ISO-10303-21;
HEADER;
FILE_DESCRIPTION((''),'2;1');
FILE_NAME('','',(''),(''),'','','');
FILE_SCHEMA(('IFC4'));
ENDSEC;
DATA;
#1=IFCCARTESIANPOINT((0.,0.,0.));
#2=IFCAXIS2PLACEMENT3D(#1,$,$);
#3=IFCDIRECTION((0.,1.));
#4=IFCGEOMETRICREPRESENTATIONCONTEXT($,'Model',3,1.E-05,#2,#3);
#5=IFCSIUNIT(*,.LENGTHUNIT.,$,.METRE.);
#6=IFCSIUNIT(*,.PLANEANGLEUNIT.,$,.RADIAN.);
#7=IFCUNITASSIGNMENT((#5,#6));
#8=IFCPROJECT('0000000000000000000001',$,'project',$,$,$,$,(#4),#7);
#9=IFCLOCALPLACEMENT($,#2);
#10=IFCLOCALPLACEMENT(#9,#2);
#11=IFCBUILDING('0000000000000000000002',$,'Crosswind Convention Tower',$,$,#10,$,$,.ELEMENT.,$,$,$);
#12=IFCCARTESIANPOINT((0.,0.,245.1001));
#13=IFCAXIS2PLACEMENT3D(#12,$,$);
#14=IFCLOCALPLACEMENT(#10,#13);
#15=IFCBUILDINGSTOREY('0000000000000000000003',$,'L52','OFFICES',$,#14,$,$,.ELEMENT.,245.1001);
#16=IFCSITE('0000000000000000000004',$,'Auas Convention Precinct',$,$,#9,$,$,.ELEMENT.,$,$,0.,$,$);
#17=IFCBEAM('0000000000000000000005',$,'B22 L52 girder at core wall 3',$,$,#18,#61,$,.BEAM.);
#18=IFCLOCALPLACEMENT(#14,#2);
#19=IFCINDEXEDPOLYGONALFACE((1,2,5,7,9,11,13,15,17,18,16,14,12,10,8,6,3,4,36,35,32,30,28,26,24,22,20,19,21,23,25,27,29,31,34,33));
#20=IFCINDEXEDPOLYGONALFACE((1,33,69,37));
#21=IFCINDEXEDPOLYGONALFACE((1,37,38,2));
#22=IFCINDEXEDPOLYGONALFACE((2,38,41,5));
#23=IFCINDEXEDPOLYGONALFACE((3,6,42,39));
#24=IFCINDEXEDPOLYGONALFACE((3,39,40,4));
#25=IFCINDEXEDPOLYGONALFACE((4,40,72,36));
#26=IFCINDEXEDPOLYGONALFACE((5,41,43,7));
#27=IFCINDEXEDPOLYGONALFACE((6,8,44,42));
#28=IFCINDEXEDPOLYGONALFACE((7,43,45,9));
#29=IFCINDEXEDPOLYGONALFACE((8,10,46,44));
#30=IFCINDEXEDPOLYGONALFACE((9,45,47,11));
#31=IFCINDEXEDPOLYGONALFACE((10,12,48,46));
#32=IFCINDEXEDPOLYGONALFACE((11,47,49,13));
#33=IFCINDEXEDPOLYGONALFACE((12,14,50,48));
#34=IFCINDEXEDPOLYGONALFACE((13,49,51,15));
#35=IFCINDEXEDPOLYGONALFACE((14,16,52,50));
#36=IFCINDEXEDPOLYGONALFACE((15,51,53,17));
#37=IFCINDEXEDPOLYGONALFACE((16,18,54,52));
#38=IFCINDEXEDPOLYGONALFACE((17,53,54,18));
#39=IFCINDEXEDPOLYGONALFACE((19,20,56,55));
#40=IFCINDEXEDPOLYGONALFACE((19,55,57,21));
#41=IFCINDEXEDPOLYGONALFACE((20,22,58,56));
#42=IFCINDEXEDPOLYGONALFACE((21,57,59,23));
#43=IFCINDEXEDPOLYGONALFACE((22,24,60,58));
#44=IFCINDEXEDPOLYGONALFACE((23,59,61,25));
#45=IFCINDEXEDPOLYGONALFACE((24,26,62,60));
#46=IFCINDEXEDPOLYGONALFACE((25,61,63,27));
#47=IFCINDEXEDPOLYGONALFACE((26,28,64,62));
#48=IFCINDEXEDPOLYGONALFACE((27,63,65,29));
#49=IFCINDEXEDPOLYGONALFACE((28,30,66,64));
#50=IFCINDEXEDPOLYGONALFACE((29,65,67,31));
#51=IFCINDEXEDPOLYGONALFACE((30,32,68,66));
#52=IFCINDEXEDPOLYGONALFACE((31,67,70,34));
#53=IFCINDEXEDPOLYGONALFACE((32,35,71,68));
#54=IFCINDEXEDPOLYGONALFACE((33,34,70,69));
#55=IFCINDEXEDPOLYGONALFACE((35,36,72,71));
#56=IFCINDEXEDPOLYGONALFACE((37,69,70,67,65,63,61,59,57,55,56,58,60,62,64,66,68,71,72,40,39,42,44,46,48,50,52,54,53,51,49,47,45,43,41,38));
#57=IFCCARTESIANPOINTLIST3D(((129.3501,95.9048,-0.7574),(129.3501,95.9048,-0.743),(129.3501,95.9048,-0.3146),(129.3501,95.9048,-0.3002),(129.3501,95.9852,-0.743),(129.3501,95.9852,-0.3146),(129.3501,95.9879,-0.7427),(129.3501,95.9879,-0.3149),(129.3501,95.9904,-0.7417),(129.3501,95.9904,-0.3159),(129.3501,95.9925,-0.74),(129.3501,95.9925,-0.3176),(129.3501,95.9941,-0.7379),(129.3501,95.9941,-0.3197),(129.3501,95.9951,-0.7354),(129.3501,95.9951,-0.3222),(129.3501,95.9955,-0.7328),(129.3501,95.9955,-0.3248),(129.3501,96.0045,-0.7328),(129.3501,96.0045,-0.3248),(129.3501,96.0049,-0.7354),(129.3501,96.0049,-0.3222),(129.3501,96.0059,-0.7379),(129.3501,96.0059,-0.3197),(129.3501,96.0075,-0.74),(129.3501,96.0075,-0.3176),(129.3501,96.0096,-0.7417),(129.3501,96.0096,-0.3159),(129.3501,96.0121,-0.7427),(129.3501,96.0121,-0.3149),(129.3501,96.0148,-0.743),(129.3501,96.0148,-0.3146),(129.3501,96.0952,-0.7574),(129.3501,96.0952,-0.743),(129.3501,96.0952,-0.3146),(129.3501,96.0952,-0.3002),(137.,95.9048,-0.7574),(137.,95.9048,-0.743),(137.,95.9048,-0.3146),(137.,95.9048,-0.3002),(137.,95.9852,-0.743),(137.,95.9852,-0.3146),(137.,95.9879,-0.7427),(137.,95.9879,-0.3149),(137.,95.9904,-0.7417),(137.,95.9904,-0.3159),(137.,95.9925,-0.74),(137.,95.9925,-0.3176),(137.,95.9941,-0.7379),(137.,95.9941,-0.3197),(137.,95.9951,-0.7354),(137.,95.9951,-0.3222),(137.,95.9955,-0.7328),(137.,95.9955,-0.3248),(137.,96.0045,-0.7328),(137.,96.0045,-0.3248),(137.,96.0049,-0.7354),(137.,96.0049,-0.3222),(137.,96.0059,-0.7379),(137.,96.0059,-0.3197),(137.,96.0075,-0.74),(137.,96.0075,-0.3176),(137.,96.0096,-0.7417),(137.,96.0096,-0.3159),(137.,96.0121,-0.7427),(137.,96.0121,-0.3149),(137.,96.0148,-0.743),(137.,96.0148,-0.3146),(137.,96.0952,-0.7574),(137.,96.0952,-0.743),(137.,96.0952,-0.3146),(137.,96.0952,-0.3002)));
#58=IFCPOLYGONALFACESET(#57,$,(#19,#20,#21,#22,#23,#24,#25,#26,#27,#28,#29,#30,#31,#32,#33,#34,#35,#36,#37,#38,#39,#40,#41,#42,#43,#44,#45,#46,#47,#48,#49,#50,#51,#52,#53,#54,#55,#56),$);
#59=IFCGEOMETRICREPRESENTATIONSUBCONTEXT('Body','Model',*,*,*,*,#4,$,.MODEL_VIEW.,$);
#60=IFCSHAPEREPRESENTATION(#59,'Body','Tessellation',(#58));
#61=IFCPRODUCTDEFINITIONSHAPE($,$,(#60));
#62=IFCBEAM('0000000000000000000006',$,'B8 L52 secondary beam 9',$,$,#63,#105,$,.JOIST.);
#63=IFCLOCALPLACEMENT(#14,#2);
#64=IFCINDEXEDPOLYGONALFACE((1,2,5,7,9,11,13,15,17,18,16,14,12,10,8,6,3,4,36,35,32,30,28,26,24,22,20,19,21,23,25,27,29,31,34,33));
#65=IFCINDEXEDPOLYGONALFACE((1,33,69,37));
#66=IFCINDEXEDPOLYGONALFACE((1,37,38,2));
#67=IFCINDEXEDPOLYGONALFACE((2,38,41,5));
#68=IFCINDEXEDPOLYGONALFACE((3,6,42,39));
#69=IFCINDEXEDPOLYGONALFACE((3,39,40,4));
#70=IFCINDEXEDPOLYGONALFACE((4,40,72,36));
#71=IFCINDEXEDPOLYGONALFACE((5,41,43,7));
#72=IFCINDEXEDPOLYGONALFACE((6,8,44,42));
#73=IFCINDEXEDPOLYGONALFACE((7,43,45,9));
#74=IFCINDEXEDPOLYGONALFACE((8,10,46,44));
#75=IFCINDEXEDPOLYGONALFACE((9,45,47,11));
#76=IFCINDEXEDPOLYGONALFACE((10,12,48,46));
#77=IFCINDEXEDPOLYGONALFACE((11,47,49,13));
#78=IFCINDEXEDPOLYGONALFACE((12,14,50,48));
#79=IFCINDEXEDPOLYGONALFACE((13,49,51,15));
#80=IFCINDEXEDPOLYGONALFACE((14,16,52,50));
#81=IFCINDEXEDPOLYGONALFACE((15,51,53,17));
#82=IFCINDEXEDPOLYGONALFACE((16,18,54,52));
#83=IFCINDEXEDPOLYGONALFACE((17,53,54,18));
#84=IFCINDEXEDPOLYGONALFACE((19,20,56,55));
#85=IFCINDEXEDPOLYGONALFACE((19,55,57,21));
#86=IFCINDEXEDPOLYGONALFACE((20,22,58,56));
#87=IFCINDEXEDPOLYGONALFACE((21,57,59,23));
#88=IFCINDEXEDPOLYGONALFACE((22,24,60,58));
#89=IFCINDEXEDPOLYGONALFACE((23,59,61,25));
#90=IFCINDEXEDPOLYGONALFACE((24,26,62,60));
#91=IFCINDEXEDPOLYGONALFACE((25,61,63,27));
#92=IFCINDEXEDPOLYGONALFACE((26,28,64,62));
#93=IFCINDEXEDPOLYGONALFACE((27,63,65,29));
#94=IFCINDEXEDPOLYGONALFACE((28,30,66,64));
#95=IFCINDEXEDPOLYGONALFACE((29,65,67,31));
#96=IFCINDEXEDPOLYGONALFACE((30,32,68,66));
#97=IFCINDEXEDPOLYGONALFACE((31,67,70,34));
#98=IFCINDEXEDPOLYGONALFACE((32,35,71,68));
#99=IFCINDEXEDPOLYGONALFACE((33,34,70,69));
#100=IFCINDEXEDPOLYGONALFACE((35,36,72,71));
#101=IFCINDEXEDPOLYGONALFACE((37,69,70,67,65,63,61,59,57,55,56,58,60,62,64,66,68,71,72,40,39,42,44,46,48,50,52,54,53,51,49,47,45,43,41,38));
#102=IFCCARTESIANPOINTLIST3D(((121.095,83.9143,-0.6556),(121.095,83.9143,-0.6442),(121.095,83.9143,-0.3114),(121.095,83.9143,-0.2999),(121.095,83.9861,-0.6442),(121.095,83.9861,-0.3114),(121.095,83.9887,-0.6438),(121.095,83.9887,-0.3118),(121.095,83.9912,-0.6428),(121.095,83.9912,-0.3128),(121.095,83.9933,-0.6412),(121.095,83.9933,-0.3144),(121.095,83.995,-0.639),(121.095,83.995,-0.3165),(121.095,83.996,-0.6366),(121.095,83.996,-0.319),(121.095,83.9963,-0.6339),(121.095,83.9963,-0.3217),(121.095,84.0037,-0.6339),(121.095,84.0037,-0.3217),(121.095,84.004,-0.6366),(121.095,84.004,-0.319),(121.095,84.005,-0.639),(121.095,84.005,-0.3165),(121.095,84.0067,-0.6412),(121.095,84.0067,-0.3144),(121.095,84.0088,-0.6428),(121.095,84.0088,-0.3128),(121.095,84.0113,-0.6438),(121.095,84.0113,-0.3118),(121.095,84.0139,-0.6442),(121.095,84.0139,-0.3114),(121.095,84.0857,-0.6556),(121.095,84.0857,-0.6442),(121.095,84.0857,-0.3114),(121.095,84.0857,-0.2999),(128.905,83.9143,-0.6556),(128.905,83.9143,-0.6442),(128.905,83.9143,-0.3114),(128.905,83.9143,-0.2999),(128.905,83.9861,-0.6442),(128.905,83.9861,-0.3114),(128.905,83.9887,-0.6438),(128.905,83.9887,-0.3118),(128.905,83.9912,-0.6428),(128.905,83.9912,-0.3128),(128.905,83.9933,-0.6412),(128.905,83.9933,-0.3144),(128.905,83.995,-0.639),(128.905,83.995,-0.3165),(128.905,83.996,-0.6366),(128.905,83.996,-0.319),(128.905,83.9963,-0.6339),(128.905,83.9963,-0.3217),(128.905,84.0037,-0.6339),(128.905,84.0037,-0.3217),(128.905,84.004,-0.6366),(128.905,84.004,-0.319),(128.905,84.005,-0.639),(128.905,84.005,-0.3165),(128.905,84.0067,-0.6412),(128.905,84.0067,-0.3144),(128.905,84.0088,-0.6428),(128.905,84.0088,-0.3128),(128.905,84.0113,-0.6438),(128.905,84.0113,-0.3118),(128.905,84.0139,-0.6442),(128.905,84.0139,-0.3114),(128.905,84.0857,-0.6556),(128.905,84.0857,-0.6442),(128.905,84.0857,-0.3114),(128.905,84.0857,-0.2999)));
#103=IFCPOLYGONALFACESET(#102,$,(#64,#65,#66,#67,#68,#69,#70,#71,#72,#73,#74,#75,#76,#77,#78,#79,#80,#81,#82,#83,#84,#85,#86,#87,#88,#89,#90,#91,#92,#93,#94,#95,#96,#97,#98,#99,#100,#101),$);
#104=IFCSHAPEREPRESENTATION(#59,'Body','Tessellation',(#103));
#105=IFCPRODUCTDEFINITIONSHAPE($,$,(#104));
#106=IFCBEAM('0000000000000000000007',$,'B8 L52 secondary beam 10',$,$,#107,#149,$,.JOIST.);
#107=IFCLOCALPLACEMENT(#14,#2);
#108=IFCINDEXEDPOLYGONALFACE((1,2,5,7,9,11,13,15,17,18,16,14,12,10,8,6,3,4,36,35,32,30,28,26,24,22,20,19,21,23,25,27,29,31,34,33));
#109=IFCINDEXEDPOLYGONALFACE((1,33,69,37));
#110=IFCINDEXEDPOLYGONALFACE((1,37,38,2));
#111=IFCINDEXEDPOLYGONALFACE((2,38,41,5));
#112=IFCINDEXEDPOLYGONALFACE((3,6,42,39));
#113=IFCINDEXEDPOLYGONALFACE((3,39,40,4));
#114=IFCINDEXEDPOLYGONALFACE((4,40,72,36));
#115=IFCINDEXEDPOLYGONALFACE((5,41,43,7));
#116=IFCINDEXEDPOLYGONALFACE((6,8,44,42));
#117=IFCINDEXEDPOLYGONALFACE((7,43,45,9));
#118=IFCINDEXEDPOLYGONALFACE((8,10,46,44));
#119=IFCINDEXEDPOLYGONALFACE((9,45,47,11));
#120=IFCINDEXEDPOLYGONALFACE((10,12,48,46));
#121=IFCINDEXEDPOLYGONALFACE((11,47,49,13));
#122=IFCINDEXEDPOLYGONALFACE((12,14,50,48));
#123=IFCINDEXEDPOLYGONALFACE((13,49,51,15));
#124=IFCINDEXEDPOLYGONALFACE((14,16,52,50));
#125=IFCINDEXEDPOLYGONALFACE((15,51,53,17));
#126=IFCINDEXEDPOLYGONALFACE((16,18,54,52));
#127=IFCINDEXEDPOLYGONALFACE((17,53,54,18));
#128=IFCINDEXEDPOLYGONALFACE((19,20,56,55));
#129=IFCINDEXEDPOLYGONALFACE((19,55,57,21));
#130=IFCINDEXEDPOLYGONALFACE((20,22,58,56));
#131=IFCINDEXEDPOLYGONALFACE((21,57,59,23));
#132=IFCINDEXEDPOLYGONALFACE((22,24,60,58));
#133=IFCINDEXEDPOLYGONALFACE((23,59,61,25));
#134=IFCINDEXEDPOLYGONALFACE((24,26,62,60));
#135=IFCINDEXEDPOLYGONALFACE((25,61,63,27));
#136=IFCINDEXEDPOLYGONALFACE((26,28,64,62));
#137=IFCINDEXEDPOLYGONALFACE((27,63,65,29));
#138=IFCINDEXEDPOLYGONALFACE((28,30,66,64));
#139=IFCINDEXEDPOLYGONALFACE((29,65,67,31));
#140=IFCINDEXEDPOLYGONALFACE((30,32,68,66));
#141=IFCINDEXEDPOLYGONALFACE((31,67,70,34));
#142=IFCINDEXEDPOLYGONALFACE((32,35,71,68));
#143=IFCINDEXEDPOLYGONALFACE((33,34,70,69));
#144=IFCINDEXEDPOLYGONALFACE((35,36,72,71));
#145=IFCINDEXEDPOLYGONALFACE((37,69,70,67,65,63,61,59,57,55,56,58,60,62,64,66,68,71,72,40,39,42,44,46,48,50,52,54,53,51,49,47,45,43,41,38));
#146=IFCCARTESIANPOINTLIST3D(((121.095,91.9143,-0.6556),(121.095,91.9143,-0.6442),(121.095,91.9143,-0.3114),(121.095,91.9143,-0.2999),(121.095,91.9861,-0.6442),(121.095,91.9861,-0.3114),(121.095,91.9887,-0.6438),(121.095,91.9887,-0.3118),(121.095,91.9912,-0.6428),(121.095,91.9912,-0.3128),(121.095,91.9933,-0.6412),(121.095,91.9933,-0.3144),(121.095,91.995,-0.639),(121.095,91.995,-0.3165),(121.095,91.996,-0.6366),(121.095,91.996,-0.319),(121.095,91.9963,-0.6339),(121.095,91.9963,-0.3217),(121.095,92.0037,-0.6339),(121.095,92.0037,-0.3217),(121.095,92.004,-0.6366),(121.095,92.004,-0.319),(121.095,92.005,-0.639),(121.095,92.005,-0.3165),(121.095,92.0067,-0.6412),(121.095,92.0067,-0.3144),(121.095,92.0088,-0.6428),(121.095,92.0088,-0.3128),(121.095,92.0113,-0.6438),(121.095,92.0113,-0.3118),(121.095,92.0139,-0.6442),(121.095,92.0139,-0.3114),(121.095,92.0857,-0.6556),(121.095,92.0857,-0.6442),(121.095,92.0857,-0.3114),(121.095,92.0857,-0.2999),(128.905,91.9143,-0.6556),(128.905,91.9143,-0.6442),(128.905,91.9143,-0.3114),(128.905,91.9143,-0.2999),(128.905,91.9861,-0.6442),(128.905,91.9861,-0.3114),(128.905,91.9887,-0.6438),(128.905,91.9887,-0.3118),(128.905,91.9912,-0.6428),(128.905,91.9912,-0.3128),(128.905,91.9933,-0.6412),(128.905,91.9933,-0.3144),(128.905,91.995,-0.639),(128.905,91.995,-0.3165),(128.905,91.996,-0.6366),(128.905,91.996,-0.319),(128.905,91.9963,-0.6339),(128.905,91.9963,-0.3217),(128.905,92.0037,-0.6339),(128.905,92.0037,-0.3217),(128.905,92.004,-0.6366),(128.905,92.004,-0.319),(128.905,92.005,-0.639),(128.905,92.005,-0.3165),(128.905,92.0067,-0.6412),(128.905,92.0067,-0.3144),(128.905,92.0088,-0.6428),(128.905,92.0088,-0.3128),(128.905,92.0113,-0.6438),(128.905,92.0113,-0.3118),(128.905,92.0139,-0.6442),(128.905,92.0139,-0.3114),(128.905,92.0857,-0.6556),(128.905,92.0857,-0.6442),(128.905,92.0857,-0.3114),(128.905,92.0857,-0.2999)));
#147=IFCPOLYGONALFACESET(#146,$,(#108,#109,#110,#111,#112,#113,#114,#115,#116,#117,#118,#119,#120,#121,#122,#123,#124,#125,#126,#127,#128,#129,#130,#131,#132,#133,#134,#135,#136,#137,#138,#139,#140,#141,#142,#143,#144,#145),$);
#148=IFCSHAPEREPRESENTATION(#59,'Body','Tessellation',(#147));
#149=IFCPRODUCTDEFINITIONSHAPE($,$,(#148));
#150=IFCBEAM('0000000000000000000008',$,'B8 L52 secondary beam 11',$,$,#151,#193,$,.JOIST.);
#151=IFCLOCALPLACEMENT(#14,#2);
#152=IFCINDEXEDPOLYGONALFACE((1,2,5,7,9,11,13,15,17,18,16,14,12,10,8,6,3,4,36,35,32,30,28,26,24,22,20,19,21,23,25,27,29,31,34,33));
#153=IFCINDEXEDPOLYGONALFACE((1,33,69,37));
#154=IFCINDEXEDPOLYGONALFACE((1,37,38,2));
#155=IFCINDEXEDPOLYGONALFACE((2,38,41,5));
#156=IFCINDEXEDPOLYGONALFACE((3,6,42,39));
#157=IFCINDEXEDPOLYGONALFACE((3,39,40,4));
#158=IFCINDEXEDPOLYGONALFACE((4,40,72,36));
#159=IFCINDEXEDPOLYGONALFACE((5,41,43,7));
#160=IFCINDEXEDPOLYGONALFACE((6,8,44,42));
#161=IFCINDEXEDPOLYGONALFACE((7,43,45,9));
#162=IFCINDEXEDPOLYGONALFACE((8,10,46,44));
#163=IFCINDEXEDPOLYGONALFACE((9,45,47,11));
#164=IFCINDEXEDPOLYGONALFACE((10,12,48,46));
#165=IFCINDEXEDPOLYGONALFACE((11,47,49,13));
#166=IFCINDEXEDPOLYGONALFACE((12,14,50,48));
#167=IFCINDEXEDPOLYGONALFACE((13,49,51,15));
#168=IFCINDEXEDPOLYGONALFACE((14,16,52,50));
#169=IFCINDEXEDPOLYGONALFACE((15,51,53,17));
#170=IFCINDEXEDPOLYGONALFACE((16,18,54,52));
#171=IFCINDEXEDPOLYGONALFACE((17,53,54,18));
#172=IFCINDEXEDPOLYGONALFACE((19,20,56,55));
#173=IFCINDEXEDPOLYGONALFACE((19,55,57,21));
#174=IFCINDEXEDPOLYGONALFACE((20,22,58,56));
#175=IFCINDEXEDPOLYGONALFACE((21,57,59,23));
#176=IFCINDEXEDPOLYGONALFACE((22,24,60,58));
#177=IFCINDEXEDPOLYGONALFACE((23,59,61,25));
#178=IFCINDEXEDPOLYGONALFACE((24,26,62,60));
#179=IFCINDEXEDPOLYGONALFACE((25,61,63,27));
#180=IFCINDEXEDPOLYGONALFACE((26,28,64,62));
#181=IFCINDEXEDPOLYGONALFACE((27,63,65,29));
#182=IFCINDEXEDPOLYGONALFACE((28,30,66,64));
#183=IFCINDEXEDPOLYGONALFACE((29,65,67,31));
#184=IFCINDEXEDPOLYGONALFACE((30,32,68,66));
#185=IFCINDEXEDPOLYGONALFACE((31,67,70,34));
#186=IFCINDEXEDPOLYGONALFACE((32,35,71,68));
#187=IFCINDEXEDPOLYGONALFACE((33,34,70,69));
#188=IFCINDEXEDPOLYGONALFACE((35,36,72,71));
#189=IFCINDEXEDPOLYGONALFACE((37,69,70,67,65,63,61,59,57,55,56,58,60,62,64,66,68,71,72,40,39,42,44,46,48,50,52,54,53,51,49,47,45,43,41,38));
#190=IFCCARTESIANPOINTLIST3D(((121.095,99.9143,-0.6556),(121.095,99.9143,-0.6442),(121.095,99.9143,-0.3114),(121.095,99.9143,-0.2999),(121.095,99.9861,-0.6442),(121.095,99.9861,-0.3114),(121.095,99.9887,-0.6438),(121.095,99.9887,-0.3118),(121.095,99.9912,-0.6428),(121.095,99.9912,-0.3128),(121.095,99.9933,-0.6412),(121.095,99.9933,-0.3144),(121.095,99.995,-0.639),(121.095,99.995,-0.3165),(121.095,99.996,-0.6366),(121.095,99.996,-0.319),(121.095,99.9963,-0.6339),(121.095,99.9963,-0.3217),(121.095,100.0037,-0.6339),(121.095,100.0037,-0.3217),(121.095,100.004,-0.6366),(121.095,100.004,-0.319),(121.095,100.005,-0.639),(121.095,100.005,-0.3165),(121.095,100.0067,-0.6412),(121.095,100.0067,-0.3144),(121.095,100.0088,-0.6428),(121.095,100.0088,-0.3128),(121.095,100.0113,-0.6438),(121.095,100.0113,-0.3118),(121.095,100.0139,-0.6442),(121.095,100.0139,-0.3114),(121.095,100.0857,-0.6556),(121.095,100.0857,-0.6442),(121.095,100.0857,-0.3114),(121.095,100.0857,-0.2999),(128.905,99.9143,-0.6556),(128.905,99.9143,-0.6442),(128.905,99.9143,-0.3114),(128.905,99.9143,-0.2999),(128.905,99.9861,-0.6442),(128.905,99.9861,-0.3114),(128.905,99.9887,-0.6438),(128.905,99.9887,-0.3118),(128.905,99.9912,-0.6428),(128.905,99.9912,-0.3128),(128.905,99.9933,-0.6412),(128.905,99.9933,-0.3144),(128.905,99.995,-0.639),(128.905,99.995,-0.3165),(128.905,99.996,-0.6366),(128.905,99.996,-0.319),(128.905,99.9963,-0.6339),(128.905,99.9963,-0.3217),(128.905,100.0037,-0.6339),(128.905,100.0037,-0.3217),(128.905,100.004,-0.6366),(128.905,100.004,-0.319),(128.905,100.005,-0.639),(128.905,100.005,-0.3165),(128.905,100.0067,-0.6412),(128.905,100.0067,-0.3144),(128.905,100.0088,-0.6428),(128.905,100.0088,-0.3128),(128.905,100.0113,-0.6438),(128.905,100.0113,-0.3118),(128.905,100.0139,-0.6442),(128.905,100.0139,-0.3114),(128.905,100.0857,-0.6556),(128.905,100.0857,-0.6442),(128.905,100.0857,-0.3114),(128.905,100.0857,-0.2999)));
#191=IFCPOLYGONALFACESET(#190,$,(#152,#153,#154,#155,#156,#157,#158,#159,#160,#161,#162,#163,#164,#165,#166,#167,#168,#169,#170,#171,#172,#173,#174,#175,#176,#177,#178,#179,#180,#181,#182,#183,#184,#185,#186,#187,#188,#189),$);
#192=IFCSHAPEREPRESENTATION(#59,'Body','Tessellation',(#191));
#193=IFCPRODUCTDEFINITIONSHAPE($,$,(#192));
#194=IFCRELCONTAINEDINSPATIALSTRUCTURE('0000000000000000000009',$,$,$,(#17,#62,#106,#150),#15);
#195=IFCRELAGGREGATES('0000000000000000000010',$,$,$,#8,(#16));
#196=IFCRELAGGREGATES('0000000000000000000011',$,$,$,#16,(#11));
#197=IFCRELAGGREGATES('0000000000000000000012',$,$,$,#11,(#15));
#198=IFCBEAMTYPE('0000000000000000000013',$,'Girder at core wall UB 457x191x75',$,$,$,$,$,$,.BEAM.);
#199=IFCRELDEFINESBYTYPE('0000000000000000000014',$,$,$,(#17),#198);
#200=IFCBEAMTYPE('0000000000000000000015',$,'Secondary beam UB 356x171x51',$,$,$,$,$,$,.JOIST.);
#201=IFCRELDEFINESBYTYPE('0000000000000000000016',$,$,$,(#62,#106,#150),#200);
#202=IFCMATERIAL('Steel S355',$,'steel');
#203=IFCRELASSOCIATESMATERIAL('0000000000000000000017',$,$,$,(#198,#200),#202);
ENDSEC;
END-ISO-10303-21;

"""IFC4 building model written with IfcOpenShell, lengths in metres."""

from ifc_helpers import new_model, si_unit, direction, frame, origin, origin_2d, place, context, subcontext, project, spatial, i_section, extrude, material, material_profile, profile_set, type_object, element, save


model = new_model("IFC4")

# Units and contexts
model_context = context("Model", 3, precision=1e-05, world=origin(), true_north=direction((0.0, 1.0)))
body_context = subcontext(model_context, "Body", "Model", "MODEL_VIEW")
ifc_project = project(units=[si_unit("LENGTHUNIT", "METRE"), si_unit("PLANEANGLEUNIT", "RADIAN")], contexts=[model_context])

# Site, building, storey
site_placement = place(None, origin())
site = spatial("IfcSite", under=ifc_project, at=site_placement, Name="Auas Convention Precinct", CompositionType="ELEMENT", RefElevation=0.0)
building_placement = place(site_placement, origin())
building = spatial("IfcBuilding", under=site, at=building_placement, Name="Crosswind Convention Tower", CompositionType="ELEMENT")
storey_placement = place(building_placement, frame((0.0, 0.0, 245.1001)))
storey = spatial("IfcBuildingStorey", under=building, at=storey_placement, Name="L52", Description="OFFICES", CompositionType="ELEMENT", Elevation=245.1001)

# Beams
ifc_material_1 = material(Name="Steel S355", Category="steel")
ifc_material_profile_1 = material_profile(ifc_material_1, i_section(OverallWidth=0.1904, OverallDepth=0.4573, WebThickness=0.009, FlangeThickness=0.0144, FilletRadius=0.0103, at=origin_2d()), Name="UB 457x191x75")
ifc_profile_set_1 = profile_set([ifc_material_profile_1], Name="Steel S355")
beam_type_1 = type_object("IfcBeamType", Name="Girder at core wall UB 457x191x75", PredefinedType="BEAM", material=ifc_profile_set_1)
beam_1_placement = place(storey_placement, frame((129.3501, 96.0, -0.5288), z_axis=(1.0, 0.0, 0.0), x_axis=(0.0, 1.0, 0.0)))
element("IfcBeam", 1, at=beam_1_placement, inside=storey, type_object=beam_type_1, Name="B22 L52 girder at core wall 3", PredefinedType="BEAM", context=body_context, shape_type="SweptSolid", body=[
    extrude(i_section(OverallWidth=0.1904, OverallDepth=0.4573, WebThickness=0.009, FlangeThickness=0.0144, FilletRadius=0.0103, at=origin_2d()), origin(), (0.0, 0.0, 1.0), 7.6499),
])
ifc_material_profile_2 = material_profile(ifc_material_1, i_section(OverallWidth=0.1714, OverallDepth=0.3557, WebThickness=0.0073, FlangeThickness=0.0115, FilletRadius=0.0103, at=origin_2d()), Name="UB 356x171x51")
ifc_profile_set_2 = profile_set([ifc_material_profile_2], Name="Steel S355")
beam_type_2 = type_object("IfcBeamType", Name="Secondary beam UB 356x171x51", PredefinedType="JOIST", material=ifc_profile_set_2)
for number, where, z_axis, x_axis, name in (
    (2, (121.095, 84.0, -0.4778), (1.0, 0.0, 0.0), (0.0, 1.0, 0.0), "B8 L52 secondary beam 9"),
    (3, (121.095, 92.0, -0.4778), (1.0, 0.0, 0.0), (0.0, 1.0, 0.0), "B8 L52 secondary beam 10"),
    (4, (121.095, 100.0, -0.4778), (1.0, 0.0, 0.0), (0.0, 1.0, 0.0), "B8 L52 secondary beam 11"),
):
    element("IfcBeam", number, at=place(storey_placement, frame(where, z_axis=z_axis, x_axis=x_axis)), inside=storey, type_object=beam_type_2, Name=name, PredefinedType="JOIST", context=body_context, shape_type="SweptSolid", body=[
        extrude(i_section(OverallWidth=0.1714, OverallDepth=0.3557, WebThickness=0.0073, FlangeThickness=0.0115, FilletRadius=0.0103, at=origin_2d()), origin(), (0.0, 0.0, 1.0), 7.8101),
    ])

save(model, "model.ifc")
